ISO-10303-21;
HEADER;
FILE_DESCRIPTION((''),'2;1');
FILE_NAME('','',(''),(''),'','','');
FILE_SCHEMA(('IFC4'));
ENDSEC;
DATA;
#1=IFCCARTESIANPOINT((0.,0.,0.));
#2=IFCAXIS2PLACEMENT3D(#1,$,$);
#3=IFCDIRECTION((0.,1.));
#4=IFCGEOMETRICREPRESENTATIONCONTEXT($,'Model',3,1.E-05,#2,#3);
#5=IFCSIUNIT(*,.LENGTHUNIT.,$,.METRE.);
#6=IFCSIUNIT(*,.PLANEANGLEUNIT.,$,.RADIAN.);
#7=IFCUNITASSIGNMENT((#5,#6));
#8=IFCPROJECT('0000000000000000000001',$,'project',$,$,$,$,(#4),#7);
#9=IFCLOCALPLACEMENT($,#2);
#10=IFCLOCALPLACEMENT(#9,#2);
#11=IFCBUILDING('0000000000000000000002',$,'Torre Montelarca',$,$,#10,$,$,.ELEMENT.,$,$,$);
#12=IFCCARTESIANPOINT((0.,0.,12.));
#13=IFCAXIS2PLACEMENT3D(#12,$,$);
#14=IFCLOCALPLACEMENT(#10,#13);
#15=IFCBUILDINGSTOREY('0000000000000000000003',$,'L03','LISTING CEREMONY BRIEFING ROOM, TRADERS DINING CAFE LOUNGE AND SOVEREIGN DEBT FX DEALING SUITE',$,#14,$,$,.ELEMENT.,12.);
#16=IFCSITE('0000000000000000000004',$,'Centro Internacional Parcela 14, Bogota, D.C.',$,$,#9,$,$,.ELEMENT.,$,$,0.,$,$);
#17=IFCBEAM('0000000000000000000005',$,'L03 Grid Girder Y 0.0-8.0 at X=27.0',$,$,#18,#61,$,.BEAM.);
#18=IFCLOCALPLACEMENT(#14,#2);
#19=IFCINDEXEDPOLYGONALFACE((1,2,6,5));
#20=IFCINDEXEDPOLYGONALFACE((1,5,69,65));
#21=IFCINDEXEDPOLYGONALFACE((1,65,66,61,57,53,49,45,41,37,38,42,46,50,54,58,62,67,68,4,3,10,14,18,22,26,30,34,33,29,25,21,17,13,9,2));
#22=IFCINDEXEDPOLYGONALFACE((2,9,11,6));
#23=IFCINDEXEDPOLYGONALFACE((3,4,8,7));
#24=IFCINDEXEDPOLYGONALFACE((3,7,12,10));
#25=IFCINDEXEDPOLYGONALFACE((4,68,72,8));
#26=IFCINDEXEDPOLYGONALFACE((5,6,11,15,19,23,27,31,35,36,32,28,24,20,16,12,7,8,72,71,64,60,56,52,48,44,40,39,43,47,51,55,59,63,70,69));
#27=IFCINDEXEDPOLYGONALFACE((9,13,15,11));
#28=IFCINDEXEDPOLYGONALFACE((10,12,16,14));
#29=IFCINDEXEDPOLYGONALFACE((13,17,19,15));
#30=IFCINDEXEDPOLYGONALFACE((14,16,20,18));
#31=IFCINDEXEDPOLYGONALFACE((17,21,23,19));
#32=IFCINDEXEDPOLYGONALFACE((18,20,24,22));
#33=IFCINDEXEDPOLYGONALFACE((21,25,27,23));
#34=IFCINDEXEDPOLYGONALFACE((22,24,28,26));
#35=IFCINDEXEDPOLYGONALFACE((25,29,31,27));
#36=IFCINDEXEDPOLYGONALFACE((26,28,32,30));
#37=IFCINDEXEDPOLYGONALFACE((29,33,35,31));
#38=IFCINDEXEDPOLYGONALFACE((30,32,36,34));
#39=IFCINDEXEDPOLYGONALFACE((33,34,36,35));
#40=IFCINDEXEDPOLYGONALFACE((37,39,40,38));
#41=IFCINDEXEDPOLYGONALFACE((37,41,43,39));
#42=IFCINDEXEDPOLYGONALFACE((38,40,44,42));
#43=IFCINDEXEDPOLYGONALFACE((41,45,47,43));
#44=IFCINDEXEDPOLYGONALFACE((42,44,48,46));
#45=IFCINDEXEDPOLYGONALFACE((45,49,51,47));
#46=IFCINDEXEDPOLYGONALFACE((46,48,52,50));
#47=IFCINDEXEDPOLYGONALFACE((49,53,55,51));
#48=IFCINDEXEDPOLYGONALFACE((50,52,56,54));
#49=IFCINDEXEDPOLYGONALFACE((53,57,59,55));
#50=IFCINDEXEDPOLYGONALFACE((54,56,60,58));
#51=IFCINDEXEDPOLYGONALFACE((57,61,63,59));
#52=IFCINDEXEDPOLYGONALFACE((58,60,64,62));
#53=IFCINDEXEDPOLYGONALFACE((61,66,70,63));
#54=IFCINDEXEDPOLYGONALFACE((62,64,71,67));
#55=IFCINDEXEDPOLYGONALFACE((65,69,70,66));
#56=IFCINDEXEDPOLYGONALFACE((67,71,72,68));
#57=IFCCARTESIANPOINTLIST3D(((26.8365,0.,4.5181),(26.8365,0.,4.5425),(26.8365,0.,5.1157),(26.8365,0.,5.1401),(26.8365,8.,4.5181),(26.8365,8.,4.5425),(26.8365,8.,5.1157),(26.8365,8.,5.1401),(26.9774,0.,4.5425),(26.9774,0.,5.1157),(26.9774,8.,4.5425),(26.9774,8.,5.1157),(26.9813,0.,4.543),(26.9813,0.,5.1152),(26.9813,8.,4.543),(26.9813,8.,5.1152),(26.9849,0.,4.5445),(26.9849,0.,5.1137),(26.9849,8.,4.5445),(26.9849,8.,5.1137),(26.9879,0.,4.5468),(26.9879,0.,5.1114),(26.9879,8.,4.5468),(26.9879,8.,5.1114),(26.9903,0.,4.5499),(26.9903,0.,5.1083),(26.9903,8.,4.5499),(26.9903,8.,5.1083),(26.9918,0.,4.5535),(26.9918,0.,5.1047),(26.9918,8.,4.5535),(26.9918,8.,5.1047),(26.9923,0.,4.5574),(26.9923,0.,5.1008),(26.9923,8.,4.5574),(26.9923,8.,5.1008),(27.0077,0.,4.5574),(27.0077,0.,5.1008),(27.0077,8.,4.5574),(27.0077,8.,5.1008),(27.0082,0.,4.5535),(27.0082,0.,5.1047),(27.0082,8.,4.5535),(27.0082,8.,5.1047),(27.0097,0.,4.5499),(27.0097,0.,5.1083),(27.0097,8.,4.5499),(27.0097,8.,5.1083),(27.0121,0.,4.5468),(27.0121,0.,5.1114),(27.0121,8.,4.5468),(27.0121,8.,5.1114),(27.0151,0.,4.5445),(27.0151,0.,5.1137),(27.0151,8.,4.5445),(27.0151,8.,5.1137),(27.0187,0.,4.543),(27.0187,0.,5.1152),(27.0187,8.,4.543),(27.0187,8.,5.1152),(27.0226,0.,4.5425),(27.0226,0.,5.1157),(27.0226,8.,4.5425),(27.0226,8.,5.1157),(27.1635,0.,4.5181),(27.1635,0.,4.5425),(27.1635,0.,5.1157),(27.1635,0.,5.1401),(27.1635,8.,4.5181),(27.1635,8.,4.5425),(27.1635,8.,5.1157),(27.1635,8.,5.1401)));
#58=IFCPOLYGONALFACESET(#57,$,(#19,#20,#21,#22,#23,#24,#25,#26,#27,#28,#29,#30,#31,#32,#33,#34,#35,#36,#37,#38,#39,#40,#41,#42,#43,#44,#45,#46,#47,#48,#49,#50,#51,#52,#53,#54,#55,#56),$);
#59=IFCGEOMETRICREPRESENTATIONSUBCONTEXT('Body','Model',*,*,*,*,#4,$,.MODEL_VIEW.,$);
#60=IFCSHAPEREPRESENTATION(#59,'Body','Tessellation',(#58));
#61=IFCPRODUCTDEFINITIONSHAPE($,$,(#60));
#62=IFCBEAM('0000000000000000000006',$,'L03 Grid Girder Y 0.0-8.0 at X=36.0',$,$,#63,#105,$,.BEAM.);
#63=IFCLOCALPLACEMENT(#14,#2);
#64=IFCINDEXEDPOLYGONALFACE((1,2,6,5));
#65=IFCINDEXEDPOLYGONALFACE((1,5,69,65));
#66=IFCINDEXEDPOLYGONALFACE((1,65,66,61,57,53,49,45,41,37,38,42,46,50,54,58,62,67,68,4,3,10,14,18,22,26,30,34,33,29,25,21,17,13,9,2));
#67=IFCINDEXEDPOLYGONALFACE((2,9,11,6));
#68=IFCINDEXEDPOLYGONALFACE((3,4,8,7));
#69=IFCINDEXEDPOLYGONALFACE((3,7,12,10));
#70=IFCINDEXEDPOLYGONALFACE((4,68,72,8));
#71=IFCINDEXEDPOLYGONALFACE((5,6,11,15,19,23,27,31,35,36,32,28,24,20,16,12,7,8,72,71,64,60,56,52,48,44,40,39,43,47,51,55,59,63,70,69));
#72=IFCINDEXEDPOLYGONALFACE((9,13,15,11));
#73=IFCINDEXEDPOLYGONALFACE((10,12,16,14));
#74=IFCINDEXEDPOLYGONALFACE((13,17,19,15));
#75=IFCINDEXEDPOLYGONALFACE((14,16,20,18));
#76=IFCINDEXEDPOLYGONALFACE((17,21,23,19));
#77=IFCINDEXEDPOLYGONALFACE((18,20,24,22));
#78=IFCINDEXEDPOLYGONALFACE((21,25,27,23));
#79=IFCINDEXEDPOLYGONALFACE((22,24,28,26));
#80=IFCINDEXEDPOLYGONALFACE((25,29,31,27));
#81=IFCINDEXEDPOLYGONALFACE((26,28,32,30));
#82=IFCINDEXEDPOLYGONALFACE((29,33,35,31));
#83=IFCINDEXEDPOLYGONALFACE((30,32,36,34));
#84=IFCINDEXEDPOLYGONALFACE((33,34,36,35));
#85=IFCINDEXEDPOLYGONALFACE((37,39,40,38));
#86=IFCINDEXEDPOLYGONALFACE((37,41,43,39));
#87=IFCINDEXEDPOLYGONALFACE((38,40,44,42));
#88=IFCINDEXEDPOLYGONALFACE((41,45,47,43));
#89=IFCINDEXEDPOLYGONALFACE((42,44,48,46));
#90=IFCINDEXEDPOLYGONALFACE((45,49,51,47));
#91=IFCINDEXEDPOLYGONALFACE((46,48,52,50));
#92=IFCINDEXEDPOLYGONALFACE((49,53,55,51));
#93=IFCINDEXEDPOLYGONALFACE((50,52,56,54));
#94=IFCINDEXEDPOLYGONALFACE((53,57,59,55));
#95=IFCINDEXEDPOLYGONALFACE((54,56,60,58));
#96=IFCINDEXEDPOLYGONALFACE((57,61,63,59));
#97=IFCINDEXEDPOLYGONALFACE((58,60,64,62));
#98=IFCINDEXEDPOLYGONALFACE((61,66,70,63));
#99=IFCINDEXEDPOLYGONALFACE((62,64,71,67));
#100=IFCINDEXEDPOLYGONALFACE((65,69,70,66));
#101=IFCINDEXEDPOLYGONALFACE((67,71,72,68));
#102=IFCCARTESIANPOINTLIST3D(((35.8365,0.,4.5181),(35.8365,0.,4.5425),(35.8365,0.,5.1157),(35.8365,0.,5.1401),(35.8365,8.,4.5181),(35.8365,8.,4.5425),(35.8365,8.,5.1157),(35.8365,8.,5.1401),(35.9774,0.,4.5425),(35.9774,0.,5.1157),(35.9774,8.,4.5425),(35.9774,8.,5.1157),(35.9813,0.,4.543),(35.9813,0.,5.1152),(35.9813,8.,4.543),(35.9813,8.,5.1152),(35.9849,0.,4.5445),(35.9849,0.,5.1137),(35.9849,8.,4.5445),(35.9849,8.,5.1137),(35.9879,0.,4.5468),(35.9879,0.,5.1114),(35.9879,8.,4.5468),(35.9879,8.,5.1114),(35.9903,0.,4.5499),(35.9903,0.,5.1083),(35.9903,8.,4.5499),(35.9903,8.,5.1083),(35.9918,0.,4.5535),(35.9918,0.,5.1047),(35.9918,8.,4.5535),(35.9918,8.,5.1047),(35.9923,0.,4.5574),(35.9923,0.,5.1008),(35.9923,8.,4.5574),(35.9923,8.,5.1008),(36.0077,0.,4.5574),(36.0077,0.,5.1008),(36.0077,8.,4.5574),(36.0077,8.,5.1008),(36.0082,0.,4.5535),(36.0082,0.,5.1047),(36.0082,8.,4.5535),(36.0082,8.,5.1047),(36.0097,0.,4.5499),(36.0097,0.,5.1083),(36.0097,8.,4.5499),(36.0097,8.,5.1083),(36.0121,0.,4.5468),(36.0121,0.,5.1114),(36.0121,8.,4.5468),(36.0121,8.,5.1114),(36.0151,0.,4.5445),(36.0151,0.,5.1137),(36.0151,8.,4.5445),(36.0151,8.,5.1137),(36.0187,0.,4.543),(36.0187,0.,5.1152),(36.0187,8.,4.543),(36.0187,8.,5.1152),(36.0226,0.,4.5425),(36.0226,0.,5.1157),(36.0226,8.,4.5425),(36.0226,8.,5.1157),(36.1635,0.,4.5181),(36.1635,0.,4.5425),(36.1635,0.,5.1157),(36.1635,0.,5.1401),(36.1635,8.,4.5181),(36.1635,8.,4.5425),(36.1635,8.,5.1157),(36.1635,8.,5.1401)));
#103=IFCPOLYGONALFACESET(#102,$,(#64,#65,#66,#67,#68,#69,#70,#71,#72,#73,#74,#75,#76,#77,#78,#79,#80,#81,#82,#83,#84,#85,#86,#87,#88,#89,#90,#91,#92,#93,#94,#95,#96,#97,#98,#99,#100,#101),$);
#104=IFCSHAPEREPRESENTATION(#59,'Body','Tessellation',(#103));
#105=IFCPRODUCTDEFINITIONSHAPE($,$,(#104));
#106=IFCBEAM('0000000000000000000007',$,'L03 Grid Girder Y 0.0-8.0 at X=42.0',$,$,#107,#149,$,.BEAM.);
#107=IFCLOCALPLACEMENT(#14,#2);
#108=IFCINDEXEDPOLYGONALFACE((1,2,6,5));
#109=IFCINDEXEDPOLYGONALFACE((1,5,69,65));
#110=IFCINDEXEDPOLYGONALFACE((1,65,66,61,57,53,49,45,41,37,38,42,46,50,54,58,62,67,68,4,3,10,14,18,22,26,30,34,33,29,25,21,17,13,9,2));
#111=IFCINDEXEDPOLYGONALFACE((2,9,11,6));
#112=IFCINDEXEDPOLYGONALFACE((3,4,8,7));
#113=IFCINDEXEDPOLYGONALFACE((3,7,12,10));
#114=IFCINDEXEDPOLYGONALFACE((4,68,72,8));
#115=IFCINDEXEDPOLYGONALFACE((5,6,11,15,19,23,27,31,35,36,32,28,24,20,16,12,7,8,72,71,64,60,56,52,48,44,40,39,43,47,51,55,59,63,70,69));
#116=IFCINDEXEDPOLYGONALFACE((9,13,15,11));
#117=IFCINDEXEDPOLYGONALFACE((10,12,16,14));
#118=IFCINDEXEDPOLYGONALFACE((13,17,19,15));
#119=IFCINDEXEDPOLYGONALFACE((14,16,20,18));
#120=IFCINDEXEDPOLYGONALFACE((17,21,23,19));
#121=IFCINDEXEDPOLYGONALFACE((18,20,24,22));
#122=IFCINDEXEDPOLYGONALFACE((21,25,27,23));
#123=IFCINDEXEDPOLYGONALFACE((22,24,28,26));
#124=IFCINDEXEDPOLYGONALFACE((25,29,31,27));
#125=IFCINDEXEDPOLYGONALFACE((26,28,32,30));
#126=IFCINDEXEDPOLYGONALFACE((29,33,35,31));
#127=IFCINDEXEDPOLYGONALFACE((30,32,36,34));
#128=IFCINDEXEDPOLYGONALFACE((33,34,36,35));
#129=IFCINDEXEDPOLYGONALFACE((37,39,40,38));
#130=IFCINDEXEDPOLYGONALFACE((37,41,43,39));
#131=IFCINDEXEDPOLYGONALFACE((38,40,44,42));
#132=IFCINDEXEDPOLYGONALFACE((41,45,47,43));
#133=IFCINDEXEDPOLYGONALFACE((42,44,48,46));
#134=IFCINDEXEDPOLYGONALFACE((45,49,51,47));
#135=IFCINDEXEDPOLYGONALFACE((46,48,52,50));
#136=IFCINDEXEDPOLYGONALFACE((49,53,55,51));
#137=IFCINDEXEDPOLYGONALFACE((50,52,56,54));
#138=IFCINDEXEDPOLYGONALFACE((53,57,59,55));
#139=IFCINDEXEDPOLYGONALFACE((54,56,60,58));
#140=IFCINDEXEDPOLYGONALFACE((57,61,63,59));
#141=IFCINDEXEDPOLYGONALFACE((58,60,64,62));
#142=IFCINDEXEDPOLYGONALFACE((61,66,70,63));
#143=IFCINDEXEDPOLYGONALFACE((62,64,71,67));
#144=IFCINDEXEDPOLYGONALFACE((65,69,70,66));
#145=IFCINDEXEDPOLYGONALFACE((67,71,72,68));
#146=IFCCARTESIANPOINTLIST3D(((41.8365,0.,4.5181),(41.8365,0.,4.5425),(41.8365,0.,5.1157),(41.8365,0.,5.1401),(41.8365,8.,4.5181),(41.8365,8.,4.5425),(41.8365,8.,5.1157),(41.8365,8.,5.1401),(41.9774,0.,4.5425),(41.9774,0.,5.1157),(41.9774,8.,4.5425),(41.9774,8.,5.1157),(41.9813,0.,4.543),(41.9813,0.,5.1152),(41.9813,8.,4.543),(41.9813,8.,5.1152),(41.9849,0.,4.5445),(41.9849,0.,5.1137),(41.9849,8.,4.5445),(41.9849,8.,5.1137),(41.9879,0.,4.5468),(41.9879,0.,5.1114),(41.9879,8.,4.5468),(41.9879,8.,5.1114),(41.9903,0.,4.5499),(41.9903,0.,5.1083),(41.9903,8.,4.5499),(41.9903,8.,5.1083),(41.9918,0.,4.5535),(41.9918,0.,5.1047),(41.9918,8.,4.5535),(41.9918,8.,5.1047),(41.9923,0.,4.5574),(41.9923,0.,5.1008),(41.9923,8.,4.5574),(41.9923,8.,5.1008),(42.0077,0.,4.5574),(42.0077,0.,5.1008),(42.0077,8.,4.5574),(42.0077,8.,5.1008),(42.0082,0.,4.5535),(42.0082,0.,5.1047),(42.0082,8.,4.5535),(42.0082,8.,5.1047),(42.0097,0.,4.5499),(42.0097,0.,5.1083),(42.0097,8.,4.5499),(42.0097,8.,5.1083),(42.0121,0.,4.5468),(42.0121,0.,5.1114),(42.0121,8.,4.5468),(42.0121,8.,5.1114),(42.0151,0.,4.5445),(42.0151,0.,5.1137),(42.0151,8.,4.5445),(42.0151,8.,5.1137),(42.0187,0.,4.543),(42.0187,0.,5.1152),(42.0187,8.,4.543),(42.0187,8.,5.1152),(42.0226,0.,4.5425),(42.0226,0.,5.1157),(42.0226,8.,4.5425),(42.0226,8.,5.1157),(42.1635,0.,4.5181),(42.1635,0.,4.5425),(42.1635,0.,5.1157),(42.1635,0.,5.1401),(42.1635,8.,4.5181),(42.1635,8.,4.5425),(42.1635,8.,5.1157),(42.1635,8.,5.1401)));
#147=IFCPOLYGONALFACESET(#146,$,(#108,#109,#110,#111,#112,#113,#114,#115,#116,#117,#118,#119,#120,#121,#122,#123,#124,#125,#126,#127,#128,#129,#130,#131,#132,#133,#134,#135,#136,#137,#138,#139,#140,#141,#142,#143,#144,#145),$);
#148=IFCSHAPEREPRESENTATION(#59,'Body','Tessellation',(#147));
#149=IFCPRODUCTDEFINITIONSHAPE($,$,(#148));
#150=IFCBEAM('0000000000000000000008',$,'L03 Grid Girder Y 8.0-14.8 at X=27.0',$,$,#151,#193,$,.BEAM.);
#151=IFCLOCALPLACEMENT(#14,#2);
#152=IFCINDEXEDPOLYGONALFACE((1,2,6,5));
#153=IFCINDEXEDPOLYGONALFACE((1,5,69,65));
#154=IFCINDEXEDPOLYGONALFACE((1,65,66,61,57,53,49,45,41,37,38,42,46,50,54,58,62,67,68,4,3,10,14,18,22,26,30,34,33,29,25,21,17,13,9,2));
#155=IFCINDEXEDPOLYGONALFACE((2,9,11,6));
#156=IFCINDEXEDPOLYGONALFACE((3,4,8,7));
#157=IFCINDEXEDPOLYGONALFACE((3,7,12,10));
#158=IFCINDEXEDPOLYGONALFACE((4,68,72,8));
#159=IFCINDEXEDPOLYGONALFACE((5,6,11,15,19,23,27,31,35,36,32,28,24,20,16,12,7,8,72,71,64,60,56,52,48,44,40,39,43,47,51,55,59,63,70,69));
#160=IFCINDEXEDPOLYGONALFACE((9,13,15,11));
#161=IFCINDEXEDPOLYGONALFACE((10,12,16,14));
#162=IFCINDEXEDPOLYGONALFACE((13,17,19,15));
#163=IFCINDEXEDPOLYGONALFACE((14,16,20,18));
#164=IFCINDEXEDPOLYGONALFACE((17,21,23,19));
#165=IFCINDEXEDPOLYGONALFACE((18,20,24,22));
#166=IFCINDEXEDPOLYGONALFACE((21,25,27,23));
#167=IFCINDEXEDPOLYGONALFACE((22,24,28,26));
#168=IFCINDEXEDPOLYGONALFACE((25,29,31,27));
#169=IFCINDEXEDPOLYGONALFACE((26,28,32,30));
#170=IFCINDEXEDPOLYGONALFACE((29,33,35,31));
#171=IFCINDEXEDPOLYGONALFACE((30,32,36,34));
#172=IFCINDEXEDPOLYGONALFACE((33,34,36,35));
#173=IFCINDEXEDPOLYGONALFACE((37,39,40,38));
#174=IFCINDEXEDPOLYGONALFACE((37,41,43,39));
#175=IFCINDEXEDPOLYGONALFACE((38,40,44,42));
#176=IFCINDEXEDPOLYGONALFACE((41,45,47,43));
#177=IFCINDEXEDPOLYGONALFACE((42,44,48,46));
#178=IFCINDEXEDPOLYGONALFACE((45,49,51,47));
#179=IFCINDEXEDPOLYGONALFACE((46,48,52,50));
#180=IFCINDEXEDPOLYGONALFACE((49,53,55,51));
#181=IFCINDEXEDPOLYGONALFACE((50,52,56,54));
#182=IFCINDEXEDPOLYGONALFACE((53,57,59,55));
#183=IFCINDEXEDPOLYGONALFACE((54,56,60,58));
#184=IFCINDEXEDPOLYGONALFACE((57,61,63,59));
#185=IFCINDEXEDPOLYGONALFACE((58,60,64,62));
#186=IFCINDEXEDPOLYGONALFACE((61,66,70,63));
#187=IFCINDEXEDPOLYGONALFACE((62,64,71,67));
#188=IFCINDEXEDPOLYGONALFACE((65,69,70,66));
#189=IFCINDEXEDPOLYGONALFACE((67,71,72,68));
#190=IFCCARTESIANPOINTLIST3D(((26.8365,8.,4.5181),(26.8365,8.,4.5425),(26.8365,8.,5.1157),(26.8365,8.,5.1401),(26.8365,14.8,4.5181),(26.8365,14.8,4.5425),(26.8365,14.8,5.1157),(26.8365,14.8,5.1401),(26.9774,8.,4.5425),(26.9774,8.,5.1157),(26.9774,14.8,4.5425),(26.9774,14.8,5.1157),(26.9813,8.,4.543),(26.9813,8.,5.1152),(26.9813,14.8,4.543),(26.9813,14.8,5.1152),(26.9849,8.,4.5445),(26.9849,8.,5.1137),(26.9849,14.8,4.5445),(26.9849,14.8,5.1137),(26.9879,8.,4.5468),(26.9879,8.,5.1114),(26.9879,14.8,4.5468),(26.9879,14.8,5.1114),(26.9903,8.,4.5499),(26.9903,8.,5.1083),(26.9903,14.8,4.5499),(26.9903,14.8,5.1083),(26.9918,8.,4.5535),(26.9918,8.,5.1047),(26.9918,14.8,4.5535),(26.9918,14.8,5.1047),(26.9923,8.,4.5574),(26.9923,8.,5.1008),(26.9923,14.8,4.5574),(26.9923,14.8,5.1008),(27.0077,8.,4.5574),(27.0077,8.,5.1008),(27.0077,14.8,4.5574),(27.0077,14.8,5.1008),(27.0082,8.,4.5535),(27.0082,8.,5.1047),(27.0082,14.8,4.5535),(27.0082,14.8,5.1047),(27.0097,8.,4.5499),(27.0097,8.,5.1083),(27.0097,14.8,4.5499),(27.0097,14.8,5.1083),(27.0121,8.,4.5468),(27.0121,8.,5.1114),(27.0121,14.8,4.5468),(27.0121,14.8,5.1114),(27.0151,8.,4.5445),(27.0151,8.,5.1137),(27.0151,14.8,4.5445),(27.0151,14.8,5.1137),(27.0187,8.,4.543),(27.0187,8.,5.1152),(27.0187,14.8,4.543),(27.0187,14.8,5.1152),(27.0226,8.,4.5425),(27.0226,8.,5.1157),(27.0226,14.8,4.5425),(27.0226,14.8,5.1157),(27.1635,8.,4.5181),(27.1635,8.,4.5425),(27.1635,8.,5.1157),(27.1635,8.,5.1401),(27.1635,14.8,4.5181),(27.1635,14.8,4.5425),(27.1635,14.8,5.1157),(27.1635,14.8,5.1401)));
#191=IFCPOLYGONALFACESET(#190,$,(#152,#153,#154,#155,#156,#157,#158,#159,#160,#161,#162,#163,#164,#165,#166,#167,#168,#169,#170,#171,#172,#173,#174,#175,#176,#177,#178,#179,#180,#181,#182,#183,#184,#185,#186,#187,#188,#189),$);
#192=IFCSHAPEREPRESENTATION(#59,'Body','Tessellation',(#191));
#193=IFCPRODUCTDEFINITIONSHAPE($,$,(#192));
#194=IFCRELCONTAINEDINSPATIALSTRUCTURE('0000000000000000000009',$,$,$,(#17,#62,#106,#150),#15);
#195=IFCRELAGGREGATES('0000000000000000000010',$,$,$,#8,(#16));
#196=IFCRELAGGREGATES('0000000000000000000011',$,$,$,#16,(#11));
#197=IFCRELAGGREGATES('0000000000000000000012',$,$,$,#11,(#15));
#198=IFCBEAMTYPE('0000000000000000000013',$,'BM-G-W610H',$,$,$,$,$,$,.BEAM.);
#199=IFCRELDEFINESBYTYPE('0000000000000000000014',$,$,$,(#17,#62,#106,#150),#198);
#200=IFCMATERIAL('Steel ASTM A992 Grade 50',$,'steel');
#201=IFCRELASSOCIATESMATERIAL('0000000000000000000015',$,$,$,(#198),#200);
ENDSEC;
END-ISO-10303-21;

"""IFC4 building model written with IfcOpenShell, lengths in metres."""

from ifc_helpers import new_model, si_unit, direction, frame, origin, origin_2d, place, context, subcontext, project, spatial, i_section, extrude, source, transform, mapped, material, material_profile, profile_set, type_object, element, save


model = new_model("IFC4")

# Units and contexts
model_context = context("Model", 3, precision=1e-05, world=origin(), true_north=direction((0.0, 1.0)))
body_context = subcontext(model_context, "Body", "Model", "MODEL_VIEW")
ifc_project = project(units=[si_unit("LENGTHUNIT", "METRE"), si_unit("PLANEANGLEUNIT", "RADIAN")], contexts=[model_context])

# Site, building, storey
site_placement = place(None, origin())
site = spatial("IfcSite", under=ifc_project, at=site_placement, Name="Centro Internacional Parcela 14, Bogota, D.C.", CompositionType="ELEMENT", RefElevation=0.0)
building_placement = place(site_placement, origin())
building = spatial("IfcBuilding", under=site, at=building_placement, Name="Torre Montelarca", CompositionType="ELEMENT")
storey_placement = place(building_placement, frame((0.0, 0.0, 12.0)))
storey = spatial("IfcBuildingStorey", under=building, at=storey_placement, Name="L03", Description="LISTING CEREMONY BRIEFING ROOM, TRADERS DINING CAFE LOUNGE AND SOVEREIGN DEBT FX DEALING SUITE", CompositionType="ELEMENT", Elevation=12.0)

# Beams
ifc_material_1 = material(Name="Steel ASTM A992 Grade 50", Category="steel")
ifc_material_profile_1 = material_profile(ifc_material_1, i_section(OverallWidth=0.3269, OverallDepth=0.6221, WebThickness=0.0154, FlangeThickness=0.0244, FilletRadius=0.0149, at=origin_2d()), Name="W610X195", Category="steel")
ifc_profile_set_1 = profile_set([ifc_material_profile_1], Name="Steel ASTM A992 Grade 50")
beam_type_1 = type_object("IfcBeamType", Name="BM-G-W610H", PredefinedType="BEAM", material=ifc_profile_set_1)
shared_shape_1 = source(origin(), body_context, "Body", "SweptSolid", [
    extrude(i_section(OverallWidth=0.3269, OverallDepth=0.6221, WebThickness=0.0154, FlangeThickness=0.0244, FilletRadius=0.0149, at=origin_2d()), origin(), (0.0, 0.0, 1.0), 8.0),
])
for number, where, z_axis, x_axis, name in (
    (1, (27.0, 0.0, 4.8291), (0.0, 1.0, 0.0), (-1.0, 0.0, 0.0), "L03 Grid Girder Y 0.0-8.0 at X=27.0"),
    (2, (36.0, 0.0, 4.8291), (0.0, 1.0, 0.0), (-1.0, 0.0, 0.0), "L03 Grid Girder Y 0.0-8.0 at X=36.0"),
    (3, (42.0, 0.0, 4.8291), (0.0, 1.0, 0.0), (-1.0, 0.0, 0.0), "L03 Grid Girder Y 0.0-8.0 at X=42.0"),
):
    element("IfcBeam", number, at=place(storey_placement, frame(where, z_axis=z_axis, x_axis=x_axis)), inside=storey, type_object=beam_type_1, Name=name, PredefinedType="BEAM", context=body_context, shape_type="MappedRepresentation", body=[
        mapped(shared_shape_1, transform((0.0, 0.0, 0.0), scale=1.0)),
    ])
shared_shape_2 = source(origin(), body_context, "Body", "SweptSolid", [
    extrude(i_section(OverallWidth=0.3269, OverallDepth=0.6221, WebThickness=0.0154, FlangeThickness=0.0244, FilletRadius=0.0149, at=origin_2d()), origin(), (0.0, 0.0, 1.0), 6.8),
])
for number, where, z_axis, x_axis, name in (
    (4, (27.0, 8.0, 4.8291), (0.0, 1.0, 0.0), (-1.0, 0.0, 0.0), "L03 Grid Girder Y 8.0-14.8 at X=27.0"),
):
    element("IfcBeam", number, at=place(storey_placement, frame(where, z_axis=z_axis, x_axis=x_axis)), inside=storey, type_object=beam_type_1, Name=name, PredefinedType="BEAM", context=body_context, shape_type="MappedRepresentation", body=[
        mapped(shared_shape_2, transform((0.0, 0.0, 0.0), scale=1.0)),
    ])

save(model, "model.ifc")
